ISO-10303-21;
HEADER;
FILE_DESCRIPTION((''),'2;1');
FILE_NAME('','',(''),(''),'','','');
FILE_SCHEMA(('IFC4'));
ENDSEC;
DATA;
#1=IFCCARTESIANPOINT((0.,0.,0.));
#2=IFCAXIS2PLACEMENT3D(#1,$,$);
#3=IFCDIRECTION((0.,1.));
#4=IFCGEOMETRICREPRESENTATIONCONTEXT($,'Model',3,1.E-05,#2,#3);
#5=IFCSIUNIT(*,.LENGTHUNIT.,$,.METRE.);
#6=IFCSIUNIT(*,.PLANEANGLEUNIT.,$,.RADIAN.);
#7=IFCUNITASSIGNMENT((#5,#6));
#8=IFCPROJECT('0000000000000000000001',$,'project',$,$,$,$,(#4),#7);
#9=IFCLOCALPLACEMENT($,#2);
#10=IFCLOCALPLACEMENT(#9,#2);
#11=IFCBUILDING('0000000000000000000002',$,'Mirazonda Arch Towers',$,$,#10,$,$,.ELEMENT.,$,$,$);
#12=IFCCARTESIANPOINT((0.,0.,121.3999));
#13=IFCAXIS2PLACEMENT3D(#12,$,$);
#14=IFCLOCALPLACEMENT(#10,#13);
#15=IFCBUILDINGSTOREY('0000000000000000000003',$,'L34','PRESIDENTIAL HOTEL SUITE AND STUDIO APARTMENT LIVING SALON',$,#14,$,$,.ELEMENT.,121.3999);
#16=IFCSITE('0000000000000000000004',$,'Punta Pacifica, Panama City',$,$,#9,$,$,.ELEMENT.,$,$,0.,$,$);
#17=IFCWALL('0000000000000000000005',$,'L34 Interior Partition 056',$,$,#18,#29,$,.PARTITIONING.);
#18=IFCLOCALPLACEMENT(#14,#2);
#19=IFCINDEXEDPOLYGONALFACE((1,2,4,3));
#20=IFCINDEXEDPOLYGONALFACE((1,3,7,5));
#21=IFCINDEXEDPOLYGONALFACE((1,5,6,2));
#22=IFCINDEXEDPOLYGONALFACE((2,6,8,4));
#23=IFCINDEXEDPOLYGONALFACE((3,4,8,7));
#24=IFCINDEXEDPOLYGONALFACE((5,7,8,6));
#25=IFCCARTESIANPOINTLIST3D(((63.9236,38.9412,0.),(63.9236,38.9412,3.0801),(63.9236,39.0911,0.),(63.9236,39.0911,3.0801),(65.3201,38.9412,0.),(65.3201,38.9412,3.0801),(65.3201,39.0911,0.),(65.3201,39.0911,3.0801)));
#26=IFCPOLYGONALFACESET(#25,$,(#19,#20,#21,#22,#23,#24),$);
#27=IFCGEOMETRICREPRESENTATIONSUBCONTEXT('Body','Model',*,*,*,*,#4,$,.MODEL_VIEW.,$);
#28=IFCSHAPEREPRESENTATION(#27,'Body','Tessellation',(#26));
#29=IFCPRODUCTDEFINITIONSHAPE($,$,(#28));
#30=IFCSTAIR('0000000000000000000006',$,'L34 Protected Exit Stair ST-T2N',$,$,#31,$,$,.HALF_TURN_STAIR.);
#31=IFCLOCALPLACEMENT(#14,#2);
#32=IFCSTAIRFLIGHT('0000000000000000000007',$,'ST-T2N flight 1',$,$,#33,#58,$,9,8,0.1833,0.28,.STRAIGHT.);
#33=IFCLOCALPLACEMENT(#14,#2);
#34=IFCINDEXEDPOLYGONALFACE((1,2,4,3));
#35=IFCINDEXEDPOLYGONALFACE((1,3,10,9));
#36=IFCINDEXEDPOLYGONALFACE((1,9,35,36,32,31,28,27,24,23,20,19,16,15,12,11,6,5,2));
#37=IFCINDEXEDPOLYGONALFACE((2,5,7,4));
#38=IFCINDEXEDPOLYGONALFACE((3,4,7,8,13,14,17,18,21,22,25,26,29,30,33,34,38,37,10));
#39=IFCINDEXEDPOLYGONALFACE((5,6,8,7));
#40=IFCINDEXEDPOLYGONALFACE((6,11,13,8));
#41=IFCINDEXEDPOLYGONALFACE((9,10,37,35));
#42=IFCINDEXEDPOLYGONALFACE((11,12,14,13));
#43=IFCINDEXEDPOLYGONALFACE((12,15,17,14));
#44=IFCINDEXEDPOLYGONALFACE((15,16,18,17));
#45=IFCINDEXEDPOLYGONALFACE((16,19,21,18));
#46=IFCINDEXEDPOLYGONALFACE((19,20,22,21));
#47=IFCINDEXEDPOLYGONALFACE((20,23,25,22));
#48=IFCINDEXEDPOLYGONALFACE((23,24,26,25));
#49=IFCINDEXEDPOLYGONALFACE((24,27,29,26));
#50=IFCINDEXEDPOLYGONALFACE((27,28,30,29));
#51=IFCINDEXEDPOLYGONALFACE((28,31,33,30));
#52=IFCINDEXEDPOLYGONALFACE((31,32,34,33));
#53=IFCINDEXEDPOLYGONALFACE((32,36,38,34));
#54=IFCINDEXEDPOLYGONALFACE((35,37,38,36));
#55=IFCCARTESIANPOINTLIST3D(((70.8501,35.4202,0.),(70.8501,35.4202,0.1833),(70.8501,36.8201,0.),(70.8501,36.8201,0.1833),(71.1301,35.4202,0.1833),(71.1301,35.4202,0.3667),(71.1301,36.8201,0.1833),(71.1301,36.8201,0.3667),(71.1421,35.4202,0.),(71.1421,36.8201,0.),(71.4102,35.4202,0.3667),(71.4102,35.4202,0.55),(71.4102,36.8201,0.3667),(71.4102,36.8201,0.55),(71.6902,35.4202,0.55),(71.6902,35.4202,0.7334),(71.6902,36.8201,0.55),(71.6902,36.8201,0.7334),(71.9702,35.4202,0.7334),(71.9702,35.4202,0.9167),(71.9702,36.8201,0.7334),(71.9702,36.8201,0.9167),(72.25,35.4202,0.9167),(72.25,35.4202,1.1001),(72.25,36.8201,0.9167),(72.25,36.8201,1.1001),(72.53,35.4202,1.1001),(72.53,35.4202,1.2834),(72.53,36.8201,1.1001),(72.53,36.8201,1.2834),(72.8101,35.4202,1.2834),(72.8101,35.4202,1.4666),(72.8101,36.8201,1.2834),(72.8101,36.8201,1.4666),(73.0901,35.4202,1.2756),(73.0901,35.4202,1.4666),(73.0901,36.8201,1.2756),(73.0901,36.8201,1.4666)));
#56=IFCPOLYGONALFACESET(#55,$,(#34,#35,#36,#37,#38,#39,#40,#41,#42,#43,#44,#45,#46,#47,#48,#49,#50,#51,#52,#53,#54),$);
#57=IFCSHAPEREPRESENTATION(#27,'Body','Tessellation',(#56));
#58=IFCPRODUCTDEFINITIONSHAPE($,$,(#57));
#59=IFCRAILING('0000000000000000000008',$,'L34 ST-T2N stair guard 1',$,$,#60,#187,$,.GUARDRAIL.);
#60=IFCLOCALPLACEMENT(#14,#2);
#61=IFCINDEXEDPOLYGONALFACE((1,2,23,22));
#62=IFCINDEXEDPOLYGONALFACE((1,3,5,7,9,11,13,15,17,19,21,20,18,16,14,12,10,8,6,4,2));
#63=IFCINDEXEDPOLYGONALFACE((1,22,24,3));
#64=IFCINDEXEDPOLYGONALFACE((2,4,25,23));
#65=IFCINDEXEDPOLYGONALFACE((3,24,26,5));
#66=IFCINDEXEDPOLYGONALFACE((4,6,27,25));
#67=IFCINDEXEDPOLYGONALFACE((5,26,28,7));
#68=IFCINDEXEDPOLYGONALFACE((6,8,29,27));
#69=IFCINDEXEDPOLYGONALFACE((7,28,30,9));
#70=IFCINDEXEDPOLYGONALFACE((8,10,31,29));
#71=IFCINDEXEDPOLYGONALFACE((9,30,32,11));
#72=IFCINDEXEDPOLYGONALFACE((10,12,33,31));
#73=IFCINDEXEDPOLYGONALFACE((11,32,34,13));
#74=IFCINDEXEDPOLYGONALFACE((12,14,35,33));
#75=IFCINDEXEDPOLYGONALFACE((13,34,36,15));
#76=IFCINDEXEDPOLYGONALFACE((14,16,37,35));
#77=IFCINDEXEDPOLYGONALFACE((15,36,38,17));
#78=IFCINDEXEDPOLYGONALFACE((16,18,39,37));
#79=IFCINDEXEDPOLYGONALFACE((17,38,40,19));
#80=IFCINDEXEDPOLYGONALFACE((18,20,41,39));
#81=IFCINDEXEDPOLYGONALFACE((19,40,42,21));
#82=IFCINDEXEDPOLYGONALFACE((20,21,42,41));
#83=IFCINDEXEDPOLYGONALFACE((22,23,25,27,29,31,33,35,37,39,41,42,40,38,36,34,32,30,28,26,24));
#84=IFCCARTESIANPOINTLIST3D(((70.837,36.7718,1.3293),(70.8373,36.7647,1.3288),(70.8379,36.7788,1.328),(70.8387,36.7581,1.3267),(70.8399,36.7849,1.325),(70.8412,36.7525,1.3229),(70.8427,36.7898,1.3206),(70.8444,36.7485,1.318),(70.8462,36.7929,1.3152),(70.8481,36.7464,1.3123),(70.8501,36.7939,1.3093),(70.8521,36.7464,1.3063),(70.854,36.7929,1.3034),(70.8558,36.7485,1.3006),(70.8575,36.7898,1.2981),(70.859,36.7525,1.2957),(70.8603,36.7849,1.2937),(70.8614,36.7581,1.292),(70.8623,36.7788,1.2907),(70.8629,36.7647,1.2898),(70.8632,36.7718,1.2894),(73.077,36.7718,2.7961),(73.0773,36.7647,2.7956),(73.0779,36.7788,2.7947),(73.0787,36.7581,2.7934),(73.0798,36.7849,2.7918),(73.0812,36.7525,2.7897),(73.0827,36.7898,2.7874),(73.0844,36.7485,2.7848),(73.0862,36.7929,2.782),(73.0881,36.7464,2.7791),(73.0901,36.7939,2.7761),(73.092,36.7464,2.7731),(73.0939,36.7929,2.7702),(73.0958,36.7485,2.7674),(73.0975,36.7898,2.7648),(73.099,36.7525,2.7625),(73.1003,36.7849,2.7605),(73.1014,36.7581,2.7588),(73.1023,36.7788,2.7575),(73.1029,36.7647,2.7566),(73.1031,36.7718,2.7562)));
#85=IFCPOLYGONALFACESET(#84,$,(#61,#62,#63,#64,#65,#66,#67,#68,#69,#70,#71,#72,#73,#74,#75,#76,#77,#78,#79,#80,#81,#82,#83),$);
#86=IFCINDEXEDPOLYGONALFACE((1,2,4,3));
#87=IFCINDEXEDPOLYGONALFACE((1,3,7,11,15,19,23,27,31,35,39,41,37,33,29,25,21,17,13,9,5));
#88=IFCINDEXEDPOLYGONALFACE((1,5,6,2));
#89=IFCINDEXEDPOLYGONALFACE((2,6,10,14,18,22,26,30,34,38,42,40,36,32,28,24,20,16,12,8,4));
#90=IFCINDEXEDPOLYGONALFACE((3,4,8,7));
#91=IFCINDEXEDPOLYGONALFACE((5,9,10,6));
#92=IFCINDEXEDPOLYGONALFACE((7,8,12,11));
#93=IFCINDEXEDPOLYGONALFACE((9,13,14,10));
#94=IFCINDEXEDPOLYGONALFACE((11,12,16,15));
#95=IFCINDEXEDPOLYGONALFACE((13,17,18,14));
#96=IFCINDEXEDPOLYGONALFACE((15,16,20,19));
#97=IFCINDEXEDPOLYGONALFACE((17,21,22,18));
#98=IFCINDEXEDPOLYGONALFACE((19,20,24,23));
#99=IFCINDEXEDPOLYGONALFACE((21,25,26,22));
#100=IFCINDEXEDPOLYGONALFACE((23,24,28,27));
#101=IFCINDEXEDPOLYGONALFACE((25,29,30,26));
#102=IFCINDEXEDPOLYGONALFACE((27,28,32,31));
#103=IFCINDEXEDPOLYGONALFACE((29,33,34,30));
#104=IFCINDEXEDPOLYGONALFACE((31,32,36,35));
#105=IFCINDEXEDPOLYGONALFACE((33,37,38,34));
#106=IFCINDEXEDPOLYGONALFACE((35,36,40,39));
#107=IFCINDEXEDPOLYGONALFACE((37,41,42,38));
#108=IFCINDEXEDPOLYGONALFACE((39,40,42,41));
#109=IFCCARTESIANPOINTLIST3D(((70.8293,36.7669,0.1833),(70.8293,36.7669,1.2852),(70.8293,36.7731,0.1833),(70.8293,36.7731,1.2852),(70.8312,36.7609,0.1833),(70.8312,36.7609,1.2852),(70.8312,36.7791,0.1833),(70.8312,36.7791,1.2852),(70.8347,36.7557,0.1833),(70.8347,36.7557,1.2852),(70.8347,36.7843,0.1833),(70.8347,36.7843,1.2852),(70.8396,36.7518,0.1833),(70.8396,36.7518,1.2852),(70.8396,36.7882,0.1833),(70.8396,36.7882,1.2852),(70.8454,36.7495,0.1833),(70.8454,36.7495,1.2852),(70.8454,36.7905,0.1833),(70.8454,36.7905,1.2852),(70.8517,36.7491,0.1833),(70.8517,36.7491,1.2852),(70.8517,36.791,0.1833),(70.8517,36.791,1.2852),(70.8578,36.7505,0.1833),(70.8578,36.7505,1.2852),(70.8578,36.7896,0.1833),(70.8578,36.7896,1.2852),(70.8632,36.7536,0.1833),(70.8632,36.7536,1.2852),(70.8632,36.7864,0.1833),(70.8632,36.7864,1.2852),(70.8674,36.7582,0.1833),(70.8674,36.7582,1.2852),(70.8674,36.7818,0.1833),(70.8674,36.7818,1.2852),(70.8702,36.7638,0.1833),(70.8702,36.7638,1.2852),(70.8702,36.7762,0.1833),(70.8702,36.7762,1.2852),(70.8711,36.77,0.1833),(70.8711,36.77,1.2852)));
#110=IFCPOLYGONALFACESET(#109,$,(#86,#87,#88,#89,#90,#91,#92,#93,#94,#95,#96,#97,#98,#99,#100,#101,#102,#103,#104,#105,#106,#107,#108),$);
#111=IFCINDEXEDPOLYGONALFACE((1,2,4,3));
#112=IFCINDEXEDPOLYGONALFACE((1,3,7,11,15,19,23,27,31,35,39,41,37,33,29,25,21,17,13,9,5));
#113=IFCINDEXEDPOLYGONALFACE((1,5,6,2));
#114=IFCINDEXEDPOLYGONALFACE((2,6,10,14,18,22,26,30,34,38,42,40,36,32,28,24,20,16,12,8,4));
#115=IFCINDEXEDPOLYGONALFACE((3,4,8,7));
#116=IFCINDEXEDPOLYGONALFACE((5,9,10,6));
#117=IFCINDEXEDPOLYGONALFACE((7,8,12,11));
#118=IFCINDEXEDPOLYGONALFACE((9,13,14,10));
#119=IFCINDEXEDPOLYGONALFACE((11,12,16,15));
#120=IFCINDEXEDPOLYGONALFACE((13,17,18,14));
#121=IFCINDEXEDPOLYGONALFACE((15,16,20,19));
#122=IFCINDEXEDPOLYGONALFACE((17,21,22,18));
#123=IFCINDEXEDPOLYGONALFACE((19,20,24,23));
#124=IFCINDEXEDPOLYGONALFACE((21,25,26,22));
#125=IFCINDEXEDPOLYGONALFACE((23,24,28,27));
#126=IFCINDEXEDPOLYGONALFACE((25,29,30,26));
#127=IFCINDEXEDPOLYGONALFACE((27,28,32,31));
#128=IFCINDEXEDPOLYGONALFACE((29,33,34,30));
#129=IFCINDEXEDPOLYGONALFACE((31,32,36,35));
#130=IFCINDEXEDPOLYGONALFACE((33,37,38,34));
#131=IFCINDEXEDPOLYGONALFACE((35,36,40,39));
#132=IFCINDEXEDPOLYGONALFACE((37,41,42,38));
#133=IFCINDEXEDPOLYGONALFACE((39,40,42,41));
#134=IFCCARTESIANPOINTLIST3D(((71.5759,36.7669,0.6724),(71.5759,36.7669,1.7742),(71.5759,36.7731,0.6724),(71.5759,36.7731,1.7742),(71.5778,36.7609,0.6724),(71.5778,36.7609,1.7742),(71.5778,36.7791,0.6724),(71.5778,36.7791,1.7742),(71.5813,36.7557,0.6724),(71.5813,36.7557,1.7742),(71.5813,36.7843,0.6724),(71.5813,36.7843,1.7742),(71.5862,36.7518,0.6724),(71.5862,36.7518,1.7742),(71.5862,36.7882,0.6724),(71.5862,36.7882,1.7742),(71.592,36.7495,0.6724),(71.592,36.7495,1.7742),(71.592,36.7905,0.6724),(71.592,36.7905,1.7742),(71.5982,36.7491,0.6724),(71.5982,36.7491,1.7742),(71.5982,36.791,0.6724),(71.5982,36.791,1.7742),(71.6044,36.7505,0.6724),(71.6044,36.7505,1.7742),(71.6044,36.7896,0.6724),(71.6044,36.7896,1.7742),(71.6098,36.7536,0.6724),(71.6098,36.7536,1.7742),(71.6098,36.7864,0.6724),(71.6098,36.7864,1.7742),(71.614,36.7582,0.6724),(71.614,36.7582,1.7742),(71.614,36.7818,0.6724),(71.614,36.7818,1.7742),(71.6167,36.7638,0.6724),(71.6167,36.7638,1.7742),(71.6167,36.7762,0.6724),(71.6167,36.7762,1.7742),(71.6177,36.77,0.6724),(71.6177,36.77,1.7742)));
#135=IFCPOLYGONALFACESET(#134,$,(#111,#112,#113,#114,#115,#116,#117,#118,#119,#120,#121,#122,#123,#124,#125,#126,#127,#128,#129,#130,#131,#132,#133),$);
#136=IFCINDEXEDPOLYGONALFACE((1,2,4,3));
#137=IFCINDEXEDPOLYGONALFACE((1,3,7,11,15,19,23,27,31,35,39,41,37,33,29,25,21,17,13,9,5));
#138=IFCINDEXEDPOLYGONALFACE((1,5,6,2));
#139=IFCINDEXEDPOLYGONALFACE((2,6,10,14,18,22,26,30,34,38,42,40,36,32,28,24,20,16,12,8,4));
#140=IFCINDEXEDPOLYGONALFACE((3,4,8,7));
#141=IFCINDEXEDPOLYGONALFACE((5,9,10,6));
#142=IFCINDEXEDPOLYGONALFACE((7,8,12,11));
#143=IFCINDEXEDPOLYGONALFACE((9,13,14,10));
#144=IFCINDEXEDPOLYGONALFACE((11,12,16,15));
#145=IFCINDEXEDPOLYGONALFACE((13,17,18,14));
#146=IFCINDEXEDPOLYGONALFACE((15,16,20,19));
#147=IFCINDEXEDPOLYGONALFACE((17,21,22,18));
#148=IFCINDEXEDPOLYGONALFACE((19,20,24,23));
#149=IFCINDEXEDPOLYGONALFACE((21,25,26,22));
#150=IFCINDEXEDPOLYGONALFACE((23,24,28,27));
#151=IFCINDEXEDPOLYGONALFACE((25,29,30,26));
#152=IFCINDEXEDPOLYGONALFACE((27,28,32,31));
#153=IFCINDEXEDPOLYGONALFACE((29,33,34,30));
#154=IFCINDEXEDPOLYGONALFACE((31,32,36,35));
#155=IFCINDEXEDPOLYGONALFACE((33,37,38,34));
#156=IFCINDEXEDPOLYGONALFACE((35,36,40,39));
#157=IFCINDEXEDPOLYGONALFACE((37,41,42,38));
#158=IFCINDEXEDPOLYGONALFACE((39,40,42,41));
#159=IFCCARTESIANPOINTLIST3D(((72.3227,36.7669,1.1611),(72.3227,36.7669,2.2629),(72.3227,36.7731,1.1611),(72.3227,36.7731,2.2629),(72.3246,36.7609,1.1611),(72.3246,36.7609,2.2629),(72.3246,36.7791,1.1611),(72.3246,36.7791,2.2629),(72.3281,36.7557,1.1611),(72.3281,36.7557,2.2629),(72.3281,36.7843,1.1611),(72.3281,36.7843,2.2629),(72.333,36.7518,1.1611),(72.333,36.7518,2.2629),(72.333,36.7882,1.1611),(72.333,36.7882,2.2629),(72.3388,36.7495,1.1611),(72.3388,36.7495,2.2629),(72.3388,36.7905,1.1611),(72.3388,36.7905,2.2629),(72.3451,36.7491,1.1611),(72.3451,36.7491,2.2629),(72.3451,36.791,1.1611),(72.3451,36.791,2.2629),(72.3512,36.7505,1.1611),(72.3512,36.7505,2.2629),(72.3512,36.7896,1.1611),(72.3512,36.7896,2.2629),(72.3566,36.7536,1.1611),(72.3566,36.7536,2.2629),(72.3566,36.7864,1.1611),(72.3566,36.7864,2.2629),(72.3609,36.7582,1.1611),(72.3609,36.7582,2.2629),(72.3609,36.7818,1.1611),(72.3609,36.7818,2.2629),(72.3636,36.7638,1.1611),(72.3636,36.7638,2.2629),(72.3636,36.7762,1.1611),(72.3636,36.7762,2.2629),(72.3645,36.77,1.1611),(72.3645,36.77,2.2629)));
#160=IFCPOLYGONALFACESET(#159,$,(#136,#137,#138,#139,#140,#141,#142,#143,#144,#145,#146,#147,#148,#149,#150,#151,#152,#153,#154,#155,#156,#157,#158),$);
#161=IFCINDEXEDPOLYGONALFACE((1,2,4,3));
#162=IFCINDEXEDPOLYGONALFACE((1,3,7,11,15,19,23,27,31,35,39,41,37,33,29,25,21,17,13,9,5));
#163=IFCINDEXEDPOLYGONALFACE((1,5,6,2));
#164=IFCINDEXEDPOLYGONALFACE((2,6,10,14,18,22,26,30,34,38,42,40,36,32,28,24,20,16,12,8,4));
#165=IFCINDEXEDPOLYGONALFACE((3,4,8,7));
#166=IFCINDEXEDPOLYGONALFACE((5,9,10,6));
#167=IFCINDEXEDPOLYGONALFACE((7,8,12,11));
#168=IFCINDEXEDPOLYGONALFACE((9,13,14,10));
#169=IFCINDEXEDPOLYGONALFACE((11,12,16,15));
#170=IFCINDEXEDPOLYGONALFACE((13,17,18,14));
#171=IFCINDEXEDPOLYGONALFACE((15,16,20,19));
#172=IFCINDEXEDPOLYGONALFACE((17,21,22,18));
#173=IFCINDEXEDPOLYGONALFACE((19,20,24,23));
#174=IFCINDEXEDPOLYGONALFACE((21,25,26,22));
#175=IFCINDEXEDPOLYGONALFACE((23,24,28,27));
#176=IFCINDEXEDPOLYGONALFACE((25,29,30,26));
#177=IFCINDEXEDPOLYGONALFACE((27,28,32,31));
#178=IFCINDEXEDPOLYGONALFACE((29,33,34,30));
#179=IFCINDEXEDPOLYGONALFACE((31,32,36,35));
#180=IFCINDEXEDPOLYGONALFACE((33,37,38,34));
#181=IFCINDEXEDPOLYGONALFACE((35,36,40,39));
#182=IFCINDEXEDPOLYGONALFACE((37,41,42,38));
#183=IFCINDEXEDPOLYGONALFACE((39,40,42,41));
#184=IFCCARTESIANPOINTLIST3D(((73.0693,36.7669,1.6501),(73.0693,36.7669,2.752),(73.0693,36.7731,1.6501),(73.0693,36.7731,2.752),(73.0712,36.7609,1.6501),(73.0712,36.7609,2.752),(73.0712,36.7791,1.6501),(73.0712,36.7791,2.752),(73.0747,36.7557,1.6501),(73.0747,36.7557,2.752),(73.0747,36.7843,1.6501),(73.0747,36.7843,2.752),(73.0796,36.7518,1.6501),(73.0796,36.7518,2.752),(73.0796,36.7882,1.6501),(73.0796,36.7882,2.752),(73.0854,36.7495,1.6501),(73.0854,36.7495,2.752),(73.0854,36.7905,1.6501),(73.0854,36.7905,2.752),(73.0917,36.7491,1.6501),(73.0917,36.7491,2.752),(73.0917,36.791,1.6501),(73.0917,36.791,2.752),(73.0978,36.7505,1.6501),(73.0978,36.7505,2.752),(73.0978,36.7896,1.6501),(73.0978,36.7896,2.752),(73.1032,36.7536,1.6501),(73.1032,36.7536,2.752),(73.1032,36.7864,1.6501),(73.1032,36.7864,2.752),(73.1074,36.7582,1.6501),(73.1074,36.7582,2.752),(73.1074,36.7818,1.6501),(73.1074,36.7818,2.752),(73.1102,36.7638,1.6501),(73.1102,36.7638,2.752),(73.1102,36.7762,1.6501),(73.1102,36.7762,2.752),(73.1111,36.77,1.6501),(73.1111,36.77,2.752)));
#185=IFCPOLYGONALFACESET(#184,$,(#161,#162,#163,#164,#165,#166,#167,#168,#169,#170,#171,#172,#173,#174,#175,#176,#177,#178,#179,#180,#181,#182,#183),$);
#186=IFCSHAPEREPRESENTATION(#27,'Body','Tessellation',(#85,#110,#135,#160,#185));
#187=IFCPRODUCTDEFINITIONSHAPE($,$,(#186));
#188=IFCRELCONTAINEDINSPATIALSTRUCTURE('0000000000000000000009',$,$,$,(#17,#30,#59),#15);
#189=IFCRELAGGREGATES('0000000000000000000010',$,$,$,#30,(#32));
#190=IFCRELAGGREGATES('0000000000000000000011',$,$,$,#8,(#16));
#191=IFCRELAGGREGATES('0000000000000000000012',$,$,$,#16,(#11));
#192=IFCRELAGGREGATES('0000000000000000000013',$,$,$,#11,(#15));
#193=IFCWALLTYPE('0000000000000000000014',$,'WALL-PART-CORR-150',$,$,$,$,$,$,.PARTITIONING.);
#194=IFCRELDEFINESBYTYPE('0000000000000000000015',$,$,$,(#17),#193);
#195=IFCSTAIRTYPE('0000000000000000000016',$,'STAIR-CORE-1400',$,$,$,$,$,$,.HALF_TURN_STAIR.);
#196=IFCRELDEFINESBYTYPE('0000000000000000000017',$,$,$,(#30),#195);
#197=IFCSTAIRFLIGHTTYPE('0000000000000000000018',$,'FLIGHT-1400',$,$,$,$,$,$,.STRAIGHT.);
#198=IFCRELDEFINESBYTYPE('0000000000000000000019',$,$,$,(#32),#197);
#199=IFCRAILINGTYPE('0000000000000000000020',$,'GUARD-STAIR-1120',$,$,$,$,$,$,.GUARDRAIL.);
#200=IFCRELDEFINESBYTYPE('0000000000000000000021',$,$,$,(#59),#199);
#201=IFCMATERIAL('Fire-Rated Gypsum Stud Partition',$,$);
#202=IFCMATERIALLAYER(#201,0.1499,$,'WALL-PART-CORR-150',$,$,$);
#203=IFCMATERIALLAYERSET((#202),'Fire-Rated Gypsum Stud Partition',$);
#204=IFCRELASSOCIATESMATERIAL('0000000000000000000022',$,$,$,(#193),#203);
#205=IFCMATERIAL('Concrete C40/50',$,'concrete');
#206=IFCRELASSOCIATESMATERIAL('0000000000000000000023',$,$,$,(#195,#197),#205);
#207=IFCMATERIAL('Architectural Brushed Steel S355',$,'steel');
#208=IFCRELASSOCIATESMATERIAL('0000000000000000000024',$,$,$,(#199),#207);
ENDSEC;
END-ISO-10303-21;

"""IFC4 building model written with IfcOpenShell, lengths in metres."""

from ifc_helpers import new_model, si_unit, direction, frame, frame_2d, origin, origin_2d, place, context, subcontext, project, spatial, polyline, rectangle, circle, outline, extrude, material, layer, layer_set, type_object, element, aggregate, save


model = new_model("IFC4")

# Units and contexts
model_context = context("Model", 3, precision=1e-05, world=origin(), true_north=direction((0.0, 1.0)))
body_context = subcontext(model_context, "Body", "Model", "MODEL_VIEW")
ifc_project = project(units=[si_unit("LENGTHUNIT", "METRE"), si_unit("PLANEANGLEUNIT", "RADIAN")], contexts=[model_context])

# Site, building, storey
site_placement = place(None, origin())
site = spatial("IfcSite", under=ifc_project, at=site_placement, Name="Punta Pacifica, Panama City", CompositionType="ELEMENT", RefElevation=0.0)
building_placement = place(site_placement, origin())
building = spatial("IfcBuilding", under=site, at=building_placement, Name="Mirazonda Arch Towers", CompositionType="ELEMENT")
storey_placement = place(building_placement, frame((0.0, 0.0, 121.3999)))
storey = spatial("IfcBuildingStorey", under=building, at=storey_placement, Name="L34", Description="PRESIDENTIAL HOTEL SUITE AND STUDIO APARTMENT LIVING SALON", CompositionType="ELEMENT", Elevation=121.3999)

# Wall
ifc_material_1 = material(Name="Fire-Rated Gypsum Stud Partition")
ifc_layer_1 = layer(ifc_material_1, 0.1499, Name="WALL-PART-CORR-150")
ifc_layer_set_1 = layer_set([ifc_layer_1], Name="Fire-Rated Gypsum Stud Partition")
wall_type_1 = type_object("IfcWallType", Name="WALL-PART-CORR-150", PredefinedType="PARTITIONING", material=ifc_layer_set_1)
wall_1_placement = place(storey_placement, frame((63.9236, 39.0161, 0.0), z_axis=(0.0, 0.0, 1.0), x_axis=(1.0, 0.0, 0.0)))
element("IfcWall", 1, at=wall_1_placement, inside=storey, type_object=wall_type_1, Name="L34 Interior Partition 056", PredefinedType="PARTITIONING", context=body_context, shape_type="SweptSolid", body=[
    extrude(rectangle(XDim=1.3965, YDim=0.1499, at=frame_2d((0.6982, 0.0))), origin(), (0.0, 0.0, 1.0), 3.0801),
])

# Stair, stair flight
ifc_material_2 = material(Name="Concrete C40/50", Category="concrete")
stair_type = type_object("IfcStairType", Name="STAIR-CORE-1400", PredefinedType="HALF_TURN_STAIR", material=ifc_material_2)
stair_placement = place(storey_placement, origin())
stair = element("IfcStair", 2, at=stair_placement, inside=storey, type_object=stair_type, Name="L34 Protected Exit Stair ST-T2N", PredefinedType="HALF_TURN_STAIR")
stair_flight_type = type_object("IfcStairFlightType", Name="FLIGHT-1400", PredefinedType="STRAIGHT", material=ifc_material_2)
stair_flight_placement = place(storey_placement, frame((70.8501, 36.1201, 0.0), z_axis=(0.0, 0.0, 1.0), x_axis=(1.0, 0.0, 0.0)))
stair_flight = element("IfcStairFlight", 3, at=stair_flight_placement, type_object=stair_flight_type, Name="ST-T2N flight 1", NumberOfRisers=9, NumberOfTreads=8, PredefinedType="STRAIGHT", RiserHeight=0.1833, TreadLength=0.28, context=body_context, shape_type="SweptSolid", body=[
    extrude(outline(polyline([(0.0, 0.0), (0.0, 0.1833), (0.28, 0.1833), (0.28, 0.3667), (0.5601, 0.3667), (0.5601, 0.55), (0.8401, 0.55), (0.8401, 0.7334), (1.1201, 0.7334), (1.1201, 0.9167), (1.3999, 0.9167), (1.3999, 1.1001), (1.6799, 1.1001), (1.6799, 1.2834), (1.96, 1.2834), (1.96, 1.4666), (2.24, 1.4666), (2.24, 1.6499), (2.24, 1.2756), (0.292, 0.0), (0.0, 0.0)])), frame((0.0, 0.7, 0.0), z_axis=(0.0, -1.0, 0.0), x_axis=(1.0, 0.0, 0.0)), (0.0, 0.0, 1.0), 1.3999),
])
aggregate(stair, [stair_flight])

# Railing
ifc_material_3 = material(Name="Architectural Brushed Steel S355", Category="steel")
railing_type = type_object("IfcRailingType", Name="GUARD-STAIR-1120", PredefinedType="GUARDRAIL", material=ifc_material_3)
railing_1_placement = place(storey_placement, frame((70.8501, 36.77, 0.1833)))
element("IfcRailing", 4, at=railing_1_placement, inside=storey, type_object=railing_type, Name="L34 ST-T2N stair guard 1", PredefinedType="GUARDRAIL", context=body_context, shape_type="SweptSolid", body=[
    extrude(circle(Radius=0.0239, at=origin_2d()), frame((0.0, 0.0, 1.126), z_axis=(0.836595, 0.0, 0.547822), x_axis=(0.0, 1.0, 0.0)), (0.0, 0.0, 1.0), 2.6775),
    extrude(circle(Radius=0.021, at=origin_2d()), origin(), (0.0, 0.0, 1.0), 1.1018),
    extrude(circle(Radius=0.021, at=origin_2d()), frame((0.7466, 0.0, 0.489)), (0.0, 0.0, 1.0), 1.1018),
    extrude(circle(Radius=0.021, at=origin_2d()), frame((1.4934, 0.0, 0.9778)), (0.0, 0.0, 1.0), 1.1018),
    extrude(circle(Radius=0.021, at=origin_2d()), frame((2.24, 0.0, 1.4668)), (0.0, 0.0, 1.0), 1.1018),
])

save(model, "model.ifc")
